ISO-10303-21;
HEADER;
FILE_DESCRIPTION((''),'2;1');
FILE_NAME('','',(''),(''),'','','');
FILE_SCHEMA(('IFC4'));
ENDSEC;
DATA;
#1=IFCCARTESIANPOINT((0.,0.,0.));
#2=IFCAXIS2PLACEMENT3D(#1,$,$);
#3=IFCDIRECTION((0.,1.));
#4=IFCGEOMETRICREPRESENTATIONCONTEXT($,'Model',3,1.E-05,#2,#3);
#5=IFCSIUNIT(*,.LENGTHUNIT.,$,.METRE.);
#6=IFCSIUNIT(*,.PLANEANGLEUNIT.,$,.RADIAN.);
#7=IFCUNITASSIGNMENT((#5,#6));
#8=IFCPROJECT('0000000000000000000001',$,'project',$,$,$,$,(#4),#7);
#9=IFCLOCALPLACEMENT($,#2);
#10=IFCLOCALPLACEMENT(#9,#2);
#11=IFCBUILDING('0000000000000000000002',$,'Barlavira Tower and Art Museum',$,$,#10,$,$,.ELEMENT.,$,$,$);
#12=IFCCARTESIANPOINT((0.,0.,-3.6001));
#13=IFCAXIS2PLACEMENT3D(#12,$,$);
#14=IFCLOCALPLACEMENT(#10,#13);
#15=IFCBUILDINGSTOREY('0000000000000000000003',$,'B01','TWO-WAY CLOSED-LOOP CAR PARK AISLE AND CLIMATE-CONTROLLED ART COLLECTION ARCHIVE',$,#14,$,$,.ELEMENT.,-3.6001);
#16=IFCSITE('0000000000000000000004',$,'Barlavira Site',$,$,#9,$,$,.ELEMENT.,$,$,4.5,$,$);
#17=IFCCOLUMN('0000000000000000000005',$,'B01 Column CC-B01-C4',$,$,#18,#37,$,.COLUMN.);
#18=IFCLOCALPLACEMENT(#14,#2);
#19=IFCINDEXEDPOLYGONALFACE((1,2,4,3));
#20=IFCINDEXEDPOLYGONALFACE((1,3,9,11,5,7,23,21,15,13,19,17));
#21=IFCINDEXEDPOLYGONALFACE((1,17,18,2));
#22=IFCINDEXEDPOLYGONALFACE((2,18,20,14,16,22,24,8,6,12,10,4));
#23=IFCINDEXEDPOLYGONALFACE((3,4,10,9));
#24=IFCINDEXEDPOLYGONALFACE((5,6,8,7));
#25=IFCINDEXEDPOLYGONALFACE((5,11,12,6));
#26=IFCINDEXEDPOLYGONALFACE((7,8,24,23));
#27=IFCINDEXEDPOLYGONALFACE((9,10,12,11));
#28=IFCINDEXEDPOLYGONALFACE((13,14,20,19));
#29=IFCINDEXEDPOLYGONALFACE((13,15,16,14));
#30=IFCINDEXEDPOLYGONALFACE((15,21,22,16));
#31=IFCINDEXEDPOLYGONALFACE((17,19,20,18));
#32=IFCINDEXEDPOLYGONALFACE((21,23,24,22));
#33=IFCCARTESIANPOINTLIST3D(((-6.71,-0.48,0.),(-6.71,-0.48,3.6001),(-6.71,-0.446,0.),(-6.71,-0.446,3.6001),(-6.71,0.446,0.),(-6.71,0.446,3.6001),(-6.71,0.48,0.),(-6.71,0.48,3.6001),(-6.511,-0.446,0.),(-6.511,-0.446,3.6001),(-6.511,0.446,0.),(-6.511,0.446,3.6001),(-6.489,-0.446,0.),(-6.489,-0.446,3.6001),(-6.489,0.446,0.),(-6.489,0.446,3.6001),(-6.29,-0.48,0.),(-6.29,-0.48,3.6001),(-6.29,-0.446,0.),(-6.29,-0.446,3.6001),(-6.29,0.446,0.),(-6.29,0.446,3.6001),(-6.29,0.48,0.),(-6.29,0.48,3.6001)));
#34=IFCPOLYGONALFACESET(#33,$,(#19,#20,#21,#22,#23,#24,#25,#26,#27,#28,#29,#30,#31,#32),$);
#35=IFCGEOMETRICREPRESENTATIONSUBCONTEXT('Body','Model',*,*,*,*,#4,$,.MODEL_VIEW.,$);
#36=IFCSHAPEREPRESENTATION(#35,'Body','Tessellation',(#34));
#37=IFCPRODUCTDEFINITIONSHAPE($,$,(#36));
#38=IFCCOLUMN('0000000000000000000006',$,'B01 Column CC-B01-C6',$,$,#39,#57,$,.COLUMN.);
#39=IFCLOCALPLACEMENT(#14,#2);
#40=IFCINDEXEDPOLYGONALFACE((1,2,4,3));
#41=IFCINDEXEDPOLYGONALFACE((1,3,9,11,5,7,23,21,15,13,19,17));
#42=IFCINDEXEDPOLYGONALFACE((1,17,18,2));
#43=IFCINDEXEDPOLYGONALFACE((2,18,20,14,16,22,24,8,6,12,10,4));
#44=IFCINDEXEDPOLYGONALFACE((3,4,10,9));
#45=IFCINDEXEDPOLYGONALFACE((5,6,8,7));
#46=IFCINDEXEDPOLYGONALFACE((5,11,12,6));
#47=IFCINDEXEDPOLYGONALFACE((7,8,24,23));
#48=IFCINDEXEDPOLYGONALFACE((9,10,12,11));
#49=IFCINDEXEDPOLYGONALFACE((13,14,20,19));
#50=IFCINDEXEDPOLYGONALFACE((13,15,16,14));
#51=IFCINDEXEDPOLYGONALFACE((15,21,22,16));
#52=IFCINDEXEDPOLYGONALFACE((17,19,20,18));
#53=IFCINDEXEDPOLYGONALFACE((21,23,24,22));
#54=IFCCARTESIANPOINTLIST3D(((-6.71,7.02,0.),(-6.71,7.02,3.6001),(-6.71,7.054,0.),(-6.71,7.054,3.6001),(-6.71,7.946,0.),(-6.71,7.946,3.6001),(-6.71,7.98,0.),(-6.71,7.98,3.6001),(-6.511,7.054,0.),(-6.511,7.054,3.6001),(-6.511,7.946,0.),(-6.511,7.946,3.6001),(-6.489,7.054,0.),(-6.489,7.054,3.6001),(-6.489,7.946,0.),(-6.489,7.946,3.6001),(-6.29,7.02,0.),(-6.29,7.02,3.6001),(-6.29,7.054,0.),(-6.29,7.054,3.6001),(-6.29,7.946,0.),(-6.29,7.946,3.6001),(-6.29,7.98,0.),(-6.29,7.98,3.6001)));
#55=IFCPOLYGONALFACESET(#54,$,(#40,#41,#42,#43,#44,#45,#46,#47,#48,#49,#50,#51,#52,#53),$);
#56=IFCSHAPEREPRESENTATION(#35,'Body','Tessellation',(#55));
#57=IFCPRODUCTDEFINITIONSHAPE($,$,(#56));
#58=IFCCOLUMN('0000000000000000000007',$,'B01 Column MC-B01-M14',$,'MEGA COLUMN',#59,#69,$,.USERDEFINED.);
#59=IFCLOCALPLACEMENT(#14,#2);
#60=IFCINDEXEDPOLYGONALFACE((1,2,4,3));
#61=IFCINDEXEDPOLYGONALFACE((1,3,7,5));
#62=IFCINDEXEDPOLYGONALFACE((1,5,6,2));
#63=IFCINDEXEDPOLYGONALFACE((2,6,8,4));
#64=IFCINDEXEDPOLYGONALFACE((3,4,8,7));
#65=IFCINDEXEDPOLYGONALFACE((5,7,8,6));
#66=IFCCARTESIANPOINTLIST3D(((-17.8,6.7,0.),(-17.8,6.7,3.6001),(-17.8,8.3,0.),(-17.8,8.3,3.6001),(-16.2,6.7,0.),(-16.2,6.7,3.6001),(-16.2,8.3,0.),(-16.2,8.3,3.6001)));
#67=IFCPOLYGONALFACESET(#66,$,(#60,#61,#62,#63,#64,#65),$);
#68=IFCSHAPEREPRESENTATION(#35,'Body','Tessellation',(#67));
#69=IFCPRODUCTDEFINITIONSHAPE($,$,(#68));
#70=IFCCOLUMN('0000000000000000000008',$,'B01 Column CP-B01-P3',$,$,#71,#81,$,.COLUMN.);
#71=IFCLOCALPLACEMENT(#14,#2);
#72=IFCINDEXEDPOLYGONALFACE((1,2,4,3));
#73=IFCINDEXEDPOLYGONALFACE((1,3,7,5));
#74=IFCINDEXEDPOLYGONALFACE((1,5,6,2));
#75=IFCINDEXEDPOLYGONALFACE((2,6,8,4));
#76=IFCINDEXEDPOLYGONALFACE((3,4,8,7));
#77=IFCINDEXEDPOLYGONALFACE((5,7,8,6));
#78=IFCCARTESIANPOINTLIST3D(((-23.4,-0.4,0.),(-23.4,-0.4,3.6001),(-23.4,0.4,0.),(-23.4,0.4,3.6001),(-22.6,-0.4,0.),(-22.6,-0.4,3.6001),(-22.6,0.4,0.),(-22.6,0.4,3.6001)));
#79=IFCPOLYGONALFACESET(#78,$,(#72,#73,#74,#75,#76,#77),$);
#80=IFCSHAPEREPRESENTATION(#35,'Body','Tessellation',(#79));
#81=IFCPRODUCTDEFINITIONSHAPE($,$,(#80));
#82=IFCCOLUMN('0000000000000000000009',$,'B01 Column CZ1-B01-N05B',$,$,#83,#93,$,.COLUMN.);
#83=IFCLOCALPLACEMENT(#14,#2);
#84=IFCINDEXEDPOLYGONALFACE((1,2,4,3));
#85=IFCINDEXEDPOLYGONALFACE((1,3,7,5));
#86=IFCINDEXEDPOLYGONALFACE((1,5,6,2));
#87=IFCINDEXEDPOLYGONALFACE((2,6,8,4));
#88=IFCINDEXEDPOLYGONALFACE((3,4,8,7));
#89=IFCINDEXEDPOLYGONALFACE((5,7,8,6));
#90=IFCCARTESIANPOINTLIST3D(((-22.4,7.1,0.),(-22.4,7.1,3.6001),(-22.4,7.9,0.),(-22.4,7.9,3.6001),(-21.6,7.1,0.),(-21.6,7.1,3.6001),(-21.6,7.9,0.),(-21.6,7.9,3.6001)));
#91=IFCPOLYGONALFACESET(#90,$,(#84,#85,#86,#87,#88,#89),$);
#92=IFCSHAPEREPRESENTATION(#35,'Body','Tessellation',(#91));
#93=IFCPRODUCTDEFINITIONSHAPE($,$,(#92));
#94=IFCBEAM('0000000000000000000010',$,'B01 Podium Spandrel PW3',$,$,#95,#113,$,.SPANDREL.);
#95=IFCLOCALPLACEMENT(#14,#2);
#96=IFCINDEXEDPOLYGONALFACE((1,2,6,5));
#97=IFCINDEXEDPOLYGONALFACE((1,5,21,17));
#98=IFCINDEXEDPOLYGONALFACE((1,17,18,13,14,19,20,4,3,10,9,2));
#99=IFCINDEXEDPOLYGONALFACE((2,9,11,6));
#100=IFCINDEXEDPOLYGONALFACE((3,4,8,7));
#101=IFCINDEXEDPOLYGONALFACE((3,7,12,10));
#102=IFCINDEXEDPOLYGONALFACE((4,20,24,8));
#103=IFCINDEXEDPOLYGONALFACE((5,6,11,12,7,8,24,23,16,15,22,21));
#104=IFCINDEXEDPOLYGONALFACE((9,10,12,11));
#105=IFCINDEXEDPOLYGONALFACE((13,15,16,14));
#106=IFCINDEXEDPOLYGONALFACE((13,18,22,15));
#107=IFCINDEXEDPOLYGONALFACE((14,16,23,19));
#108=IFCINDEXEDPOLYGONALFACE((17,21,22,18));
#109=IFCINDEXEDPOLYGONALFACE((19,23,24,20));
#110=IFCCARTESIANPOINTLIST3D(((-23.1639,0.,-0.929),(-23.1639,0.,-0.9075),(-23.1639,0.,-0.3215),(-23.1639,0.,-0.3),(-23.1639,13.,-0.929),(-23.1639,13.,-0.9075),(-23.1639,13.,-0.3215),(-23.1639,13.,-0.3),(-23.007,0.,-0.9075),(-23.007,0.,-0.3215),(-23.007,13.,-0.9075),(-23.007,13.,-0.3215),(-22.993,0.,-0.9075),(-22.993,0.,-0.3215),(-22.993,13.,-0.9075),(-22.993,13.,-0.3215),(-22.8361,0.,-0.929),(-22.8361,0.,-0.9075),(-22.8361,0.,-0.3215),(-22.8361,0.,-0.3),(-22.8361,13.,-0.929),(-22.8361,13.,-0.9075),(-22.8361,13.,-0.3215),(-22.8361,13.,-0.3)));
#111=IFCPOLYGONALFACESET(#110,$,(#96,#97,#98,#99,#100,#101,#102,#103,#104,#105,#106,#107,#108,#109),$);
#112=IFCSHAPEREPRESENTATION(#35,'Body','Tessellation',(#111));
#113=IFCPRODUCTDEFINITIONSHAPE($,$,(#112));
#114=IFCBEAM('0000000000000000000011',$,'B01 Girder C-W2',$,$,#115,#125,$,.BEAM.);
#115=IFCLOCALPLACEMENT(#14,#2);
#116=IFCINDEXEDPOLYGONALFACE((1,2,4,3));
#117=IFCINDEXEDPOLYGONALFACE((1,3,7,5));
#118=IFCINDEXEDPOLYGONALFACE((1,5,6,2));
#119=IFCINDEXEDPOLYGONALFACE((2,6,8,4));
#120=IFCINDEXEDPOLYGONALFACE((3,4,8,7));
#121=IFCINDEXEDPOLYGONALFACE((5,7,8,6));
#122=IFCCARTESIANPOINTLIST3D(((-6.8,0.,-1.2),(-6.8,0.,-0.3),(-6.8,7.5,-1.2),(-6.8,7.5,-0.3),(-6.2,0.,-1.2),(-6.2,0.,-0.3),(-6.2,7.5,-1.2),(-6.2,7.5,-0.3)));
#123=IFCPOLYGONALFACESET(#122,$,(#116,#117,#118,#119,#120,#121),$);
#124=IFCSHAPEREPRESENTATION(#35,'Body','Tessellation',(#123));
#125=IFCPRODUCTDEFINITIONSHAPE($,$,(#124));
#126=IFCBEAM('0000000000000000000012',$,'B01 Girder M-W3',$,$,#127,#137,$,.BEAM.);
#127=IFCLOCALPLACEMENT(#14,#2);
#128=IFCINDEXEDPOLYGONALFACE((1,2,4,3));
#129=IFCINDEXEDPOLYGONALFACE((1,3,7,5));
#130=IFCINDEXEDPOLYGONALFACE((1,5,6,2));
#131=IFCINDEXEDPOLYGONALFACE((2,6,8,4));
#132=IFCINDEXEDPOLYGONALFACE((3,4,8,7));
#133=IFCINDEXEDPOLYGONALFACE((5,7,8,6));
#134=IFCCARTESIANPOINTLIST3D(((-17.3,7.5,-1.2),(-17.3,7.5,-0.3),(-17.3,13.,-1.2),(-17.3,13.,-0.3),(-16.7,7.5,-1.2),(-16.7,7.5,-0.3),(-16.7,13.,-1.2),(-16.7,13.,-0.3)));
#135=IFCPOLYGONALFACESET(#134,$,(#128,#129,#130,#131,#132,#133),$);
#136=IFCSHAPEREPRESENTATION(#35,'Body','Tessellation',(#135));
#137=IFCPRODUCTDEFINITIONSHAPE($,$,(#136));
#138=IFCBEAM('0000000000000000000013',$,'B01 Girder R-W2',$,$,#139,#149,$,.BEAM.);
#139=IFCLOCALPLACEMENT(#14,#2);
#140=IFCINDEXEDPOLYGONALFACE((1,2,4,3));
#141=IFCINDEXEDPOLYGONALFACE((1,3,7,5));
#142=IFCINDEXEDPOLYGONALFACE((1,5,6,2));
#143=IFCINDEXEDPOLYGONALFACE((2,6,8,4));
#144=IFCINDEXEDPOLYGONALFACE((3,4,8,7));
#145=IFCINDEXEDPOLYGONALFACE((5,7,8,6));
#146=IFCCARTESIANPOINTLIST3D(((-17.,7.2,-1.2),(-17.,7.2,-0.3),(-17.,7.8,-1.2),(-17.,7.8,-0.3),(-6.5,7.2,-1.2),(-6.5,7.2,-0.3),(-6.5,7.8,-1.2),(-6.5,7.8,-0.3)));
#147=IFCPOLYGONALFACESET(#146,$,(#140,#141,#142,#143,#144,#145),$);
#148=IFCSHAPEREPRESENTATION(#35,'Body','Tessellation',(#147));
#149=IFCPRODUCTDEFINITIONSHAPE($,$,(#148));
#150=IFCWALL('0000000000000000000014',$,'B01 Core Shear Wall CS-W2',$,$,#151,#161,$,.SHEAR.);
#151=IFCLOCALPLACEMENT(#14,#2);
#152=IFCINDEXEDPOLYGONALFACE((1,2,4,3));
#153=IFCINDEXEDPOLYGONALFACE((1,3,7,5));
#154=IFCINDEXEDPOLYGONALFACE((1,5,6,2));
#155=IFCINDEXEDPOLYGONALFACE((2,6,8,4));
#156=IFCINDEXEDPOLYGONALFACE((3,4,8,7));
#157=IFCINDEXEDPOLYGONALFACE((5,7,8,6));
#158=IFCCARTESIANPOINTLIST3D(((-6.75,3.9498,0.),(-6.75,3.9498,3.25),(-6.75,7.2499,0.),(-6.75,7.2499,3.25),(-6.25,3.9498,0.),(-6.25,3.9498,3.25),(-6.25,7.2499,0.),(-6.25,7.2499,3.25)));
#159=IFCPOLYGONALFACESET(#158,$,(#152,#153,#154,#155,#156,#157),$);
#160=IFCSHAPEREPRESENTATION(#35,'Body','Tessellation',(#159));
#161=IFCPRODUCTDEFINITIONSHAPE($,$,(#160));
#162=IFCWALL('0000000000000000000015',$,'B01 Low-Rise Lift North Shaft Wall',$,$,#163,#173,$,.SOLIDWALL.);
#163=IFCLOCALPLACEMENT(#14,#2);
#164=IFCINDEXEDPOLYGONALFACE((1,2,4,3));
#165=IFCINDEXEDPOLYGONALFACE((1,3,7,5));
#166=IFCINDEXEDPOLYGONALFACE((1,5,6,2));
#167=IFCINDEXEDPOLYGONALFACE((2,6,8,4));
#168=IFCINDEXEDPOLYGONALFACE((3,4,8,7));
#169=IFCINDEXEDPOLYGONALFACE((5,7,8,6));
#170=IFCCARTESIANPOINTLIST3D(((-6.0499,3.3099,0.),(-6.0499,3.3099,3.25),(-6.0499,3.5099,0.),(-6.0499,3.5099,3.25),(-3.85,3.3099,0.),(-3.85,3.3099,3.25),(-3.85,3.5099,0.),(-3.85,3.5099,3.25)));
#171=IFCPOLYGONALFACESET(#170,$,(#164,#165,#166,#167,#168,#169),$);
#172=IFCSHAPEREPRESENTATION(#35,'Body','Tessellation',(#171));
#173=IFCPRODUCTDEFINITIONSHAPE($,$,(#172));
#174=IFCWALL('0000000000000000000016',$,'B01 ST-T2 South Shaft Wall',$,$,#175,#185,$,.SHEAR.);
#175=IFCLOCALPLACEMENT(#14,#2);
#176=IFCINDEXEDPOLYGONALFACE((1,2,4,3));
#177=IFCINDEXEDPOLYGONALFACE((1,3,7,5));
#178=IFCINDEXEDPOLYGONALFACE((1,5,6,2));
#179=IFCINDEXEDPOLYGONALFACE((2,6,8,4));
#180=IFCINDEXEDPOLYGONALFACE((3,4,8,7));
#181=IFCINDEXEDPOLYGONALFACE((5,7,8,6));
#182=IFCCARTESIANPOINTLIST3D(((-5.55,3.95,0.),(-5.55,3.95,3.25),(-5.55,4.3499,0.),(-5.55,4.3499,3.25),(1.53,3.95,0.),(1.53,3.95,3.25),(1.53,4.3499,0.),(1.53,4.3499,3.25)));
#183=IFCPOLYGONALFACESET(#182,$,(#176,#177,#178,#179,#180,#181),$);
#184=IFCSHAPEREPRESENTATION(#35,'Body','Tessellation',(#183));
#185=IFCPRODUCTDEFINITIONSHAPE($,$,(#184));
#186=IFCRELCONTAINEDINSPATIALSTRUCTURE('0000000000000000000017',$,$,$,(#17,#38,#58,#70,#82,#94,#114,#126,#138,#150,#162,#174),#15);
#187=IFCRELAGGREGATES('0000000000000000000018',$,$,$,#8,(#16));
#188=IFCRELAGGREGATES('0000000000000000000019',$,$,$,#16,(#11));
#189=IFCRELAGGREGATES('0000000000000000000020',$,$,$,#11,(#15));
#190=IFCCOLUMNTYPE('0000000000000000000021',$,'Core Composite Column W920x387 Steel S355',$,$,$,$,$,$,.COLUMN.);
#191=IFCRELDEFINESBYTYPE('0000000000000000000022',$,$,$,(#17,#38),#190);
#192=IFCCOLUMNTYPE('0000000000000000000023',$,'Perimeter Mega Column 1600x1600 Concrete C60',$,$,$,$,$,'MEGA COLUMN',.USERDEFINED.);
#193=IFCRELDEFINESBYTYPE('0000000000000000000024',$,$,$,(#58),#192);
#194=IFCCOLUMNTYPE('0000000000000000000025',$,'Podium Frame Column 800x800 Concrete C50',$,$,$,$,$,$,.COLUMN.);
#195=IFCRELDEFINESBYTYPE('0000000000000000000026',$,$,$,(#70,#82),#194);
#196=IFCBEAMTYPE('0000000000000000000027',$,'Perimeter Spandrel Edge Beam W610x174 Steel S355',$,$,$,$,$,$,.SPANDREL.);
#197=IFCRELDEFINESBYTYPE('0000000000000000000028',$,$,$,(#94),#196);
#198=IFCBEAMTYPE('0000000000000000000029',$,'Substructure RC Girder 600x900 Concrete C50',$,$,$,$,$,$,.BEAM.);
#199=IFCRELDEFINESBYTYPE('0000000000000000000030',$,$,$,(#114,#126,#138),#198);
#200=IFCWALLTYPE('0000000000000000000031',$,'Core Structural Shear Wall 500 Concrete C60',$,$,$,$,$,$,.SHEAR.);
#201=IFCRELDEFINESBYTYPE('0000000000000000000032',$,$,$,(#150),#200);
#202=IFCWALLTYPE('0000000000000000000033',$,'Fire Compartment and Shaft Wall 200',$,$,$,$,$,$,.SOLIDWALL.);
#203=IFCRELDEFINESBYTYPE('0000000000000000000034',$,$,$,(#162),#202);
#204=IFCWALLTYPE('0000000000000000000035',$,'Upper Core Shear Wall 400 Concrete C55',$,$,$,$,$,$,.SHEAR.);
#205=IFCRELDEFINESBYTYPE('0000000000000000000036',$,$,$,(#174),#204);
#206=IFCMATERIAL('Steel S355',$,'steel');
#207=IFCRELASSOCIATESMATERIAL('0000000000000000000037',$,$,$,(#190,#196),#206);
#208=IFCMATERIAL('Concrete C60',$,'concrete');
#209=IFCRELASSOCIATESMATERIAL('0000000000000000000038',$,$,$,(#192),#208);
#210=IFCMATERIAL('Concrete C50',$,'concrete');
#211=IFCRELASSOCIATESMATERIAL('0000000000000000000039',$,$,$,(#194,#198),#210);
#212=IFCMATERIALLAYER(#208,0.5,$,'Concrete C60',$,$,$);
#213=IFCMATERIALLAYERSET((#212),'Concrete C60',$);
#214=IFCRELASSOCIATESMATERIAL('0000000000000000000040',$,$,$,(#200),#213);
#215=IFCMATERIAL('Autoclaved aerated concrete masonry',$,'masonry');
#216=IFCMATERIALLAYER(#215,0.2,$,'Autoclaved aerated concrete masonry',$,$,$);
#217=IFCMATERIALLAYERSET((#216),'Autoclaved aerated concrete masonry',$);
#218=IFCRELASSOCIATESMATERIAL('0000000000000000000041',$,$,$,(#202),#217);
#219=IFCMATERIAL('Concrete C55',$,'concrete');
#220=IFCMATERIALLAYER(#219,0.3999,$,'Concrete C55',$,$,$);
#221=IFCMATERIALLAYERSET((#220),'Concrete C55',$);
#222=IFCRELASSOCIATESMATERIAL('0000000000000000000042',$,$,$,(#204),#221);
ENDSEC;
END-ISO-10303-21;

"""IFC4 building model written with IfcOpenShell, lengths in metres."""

from ifc_helpers import new_model, si_unit, direction, frame, frame_2d, origin, origin_2d, place, context, subcontext, project, spatial, rectangle, i_section, extrude, material, layer, layer_set, material_profile, profile_set, type_object, element, save


model = new_model("IFC4")

# Units and contexts
model_context = context("Model", 3, precision=1e-05, world=origin(), true_north=direction((0.0, 1.0)))
body_context = subcontext(model_context, "Body", "Model", "MODEL_VIEW")
ifc_project = project(units=[si_unit("LENGTHUNIT", "METRE"), si_unit("PLANEANGLEUNIT", "RADIAN")], contexts=[model_context])

# Site, building, storey
site_placement = place(None, origin())
site = spatial("IfcSite", under=ifc_project, at=site_placement, Name="Barlavira Site", CompositionType="ELEMENT", RefElevation=4.5)
building_placement = place(site_placement, origin())
building = spatial("IfcBuilding", under=site, at=building_placement, Name="Barlavira Tower and Art Museum", CompositionType="ELEMENT")
storey_placement = place(building_placement, frame((0.0, 0.0, -3.6001)))
storey = spatial("IfcBuildingStorey", under=building, at=storey_placement, Name="B01", Description="TWO-WAY CLOSED-LOOP CAR PARK AISLE AND CLIMATE-CONTROLLED ART COLLECTION ARCHIVE", CompositionType="ELEMENT", Elevation=-3.6001)

# Columns
ifc_material_1 = material(Name="Steel S355", Category="steel")
ifc_material_profile_1 = material_profile(ifc_material_1, i_section(OverallWidth=0.4199, OverallDepth=0.96, WebThickness=0.022, FlangeThickness=0.0339, at=origin_2d()), Name="W920x387.0")
ifc_profile_set_1 = profile_set([ifc_material_profile_1], Name="Steel S355")
column_type_1 = type_object("IfcColumnType", Name="Core Composite Column W920x387 Steel S355", PredefinedType="COLUMN", material=ifc_profile_set_1)
for number, where, z_axis, x_axis, name in (
    (1, (-6.5, 0.0, 0.0), (0.0, 0.0, 1.0), (1.0, 0.0, 0.0), "B01 Column CC-B01-C4"),
    (2, (-6.5, 7.5, 0.0), (0.0, 0.0, 1.0), (1.0, 0.0, 0.0), "B01 Column CC-B01-C6"),
):
    element("IfcColumn", number, at=place(storey_placement, frame(where, z_axis=z_axis, x_axis=x_axis)), inside=storey, type_object=column_type_1, Name=name, PredefinedType="COLUMN", context=body_context, shape_type="SweptSolid", body=[
        extrude(i_section(OverallWidth=0.4199, OverallDepth=0.96, WebThickness=0.022, FlangeThickness=0.0339, at=origin_2d()), origin(), (0.0, 0.0, 1.0), 3.6001),
    ])
ifc_material_2 = material(Name="Concrete C60", Category="concrete")
ifc_material_profile_2 = material_profile(ifc_material_2, rectangle(XDim=1.6001, YDim=1.6001, at=origin_2d()), Name="RC-MCOL 1600x1600")
ifc_profile_set_2 = profile_set([ifc_material_profile_2], Name="Concrete C60")
column_type_2 = type_object("IfcColumnType", Name="Perimeter Mega Column 1600x1600 Concrete C60", ElementType="MEGA COLUMN", PredefinedType="USERDEFINED", material=ifc_profile_set_2)
column_placement = place(storey_placement, frame((-17.0, 7.5, 0.0), z_axis=(0.0, 0.0, 1.0), x_axis=(1.0, 0.0, 0.0)))
element("IfcColumn", 3, at=column_placement, inside=storey, type_object=column_type_2, Name="B01 Column MC-B01-M14", ObjectType="MEGA COLUMN", PredefinedType="USERDEFINED", context=body_context, shape_type="SweptSolid", body=[
    extrude(rectangle(XDim=1.6001, YDim=1.6001, at=origin_2d()), origin(), (0.0, 0.0, 1.0), 3.6001),
])
ifc_material_3 = material(Name="Concrete C50", Category="concrete")
ifc_material_profile_3 = material_profile(ifc_material_3, rectangle(XDim=0.8, YDim=0.8, at=origin_2d()), Name="RC-COL 800x800")
ifc_profile_set_3 = profile_set([ifc_material_profile_3], Name="Concrete C50")
column_type_3 = type_object("IfcColumnType", Name="Podium Frame Column 800x800 Concrete C50", PredefinedType="COLUMN", material=ifc_profile_set_3)
for number, where, z_axis, x_axis, name in (
    (4, (-23.0, 0.0, 0.0), (0.0, 0.0, 1.0), (1.0, 0.0, 0.0), "B01 Column CP-B01-P3"),
    (5, (-22.0, 7.5, 0.0), (0.0, 0.0, 1.0), (1.0, 0.0, 0.0), "B01 Column CZ1-B01-N05B"),
):
    element("IfcColumn", number, at=place(storey_placement, frame(where, z_axis=z_axis, x_axis=x_axis)), inside=storey, type_object=column_type_3, Name=name, PredefinedType="COLUMN", context=body_context, shape_type="SweptSolid", body=[
        extrude(rectangle(XDim=0.8, YDim=0.8, at=origin_2d()), origin(), (0.0, 0.0, 1.0), 3.6001),
    ])

# Beams
ifc_material_profile_4 = material_profile(ifc_material_1, i_section(OverallWidth=0.3279, OverallDepth=0.6289, WebThickness=0.0139, FlangeThickness=0.0215, at=origin_2d()), Name="W610x174.0")
ifc_profile_set_4 = profile_set([ifc_material_profile_4], Name="Steel S355")
beam_type_1 = type_object("IfcBeamType", Name="Perimeter Spandrel Edge Beam W610x174 Steel S355", PredefinedType="SPANDREL", material=ifc_profile_set_4)
beam_1_placement = place(storey_placement, frame((-23.0, 0.0, -0.6145), z_axis=(0.0, 1.0, 0.0), x_axis=(-1.0, 0.0, 0.0)))
element("IfcBeam", 6, at=beam_1_placement, inside=storey, type_object=beam_type_1, Name="B01 Podium Spandrel PW3", PredefinedType="SPANDREL", context=body_context, shape_type="SweptSolid", body=[
    extrude(i_section(OverallWidth=0.3279, OverallDepth=0.6289, WebThickness=0.0139, FlangeThickness=0.0215, at=origin_2d()), origin(), (0.0, 0.0, 1.0), 13.0),
])
ifc_material_profile_5 = material_profile(ifc_material_3, rectangle(XDim=0.6001, YDim=0.8999, at=origin_2d()), Name="RC-BM 600x900")
ifc_profile_set_5 = profile_set([ifc_material_profile_5], Name="Concrete C50")
beam_type_2 = type_object("IfcBeamType", Name="Substructure RC Girder 600x900 Concrete C50", PredefinedType="BEAM", material=ifc_profile_set_5)
beam_2_placement = place(storey_placement, frame((-6.5, 0.0, -0.75), z_axis=(0.0, 1.0, 0.0), x_axis=(-1.0, 0.0, 0.0)))
element("IfcBeam", 7, at=beam_2_placement, inside=storey, type_object=beam_type_2, Name="B01 Girder C-W2", PredefinedType="BEAM", context=body_context, shape_type="SweptSolid", body=[
    extrude(rectangle(XDim=0.6001, YDim=0.8999, at=origin_2d()), origin(), (0.0, 0.0, 1.0), 7.5),
])
beam_3_placement = place(storey_placement, frame((-17.0, 7.5, -0.75), z_axis=(0.0, 1.0, 0.0), x_axis=(-1.0, 0.0, 0.0)))
element("IfcBeam", 8, at=beam_3_placement, inside=storey, type_object=beam_type_2, Name="B01 Girder M-W3", PredefinedType="BEAM", context=body_context, shape_type="SweptSolid", body=[
    extrude(rectangle(XDim=0.6001, YDim=0.8999, at=origin_2d()), origin(), (0.0, 0.0, 1.0), 5.5),
])
beam_4_placement = place(storey_placement, frame((-17.0, 7.5, -0.75), z_axis=(1.0, 0.0, 0.0), x_axis=(0.0, 1.0, 0.0)))
element("IfcBeam", 9, at=beam_4_placement, inside=storey, type_object=beam_type_2, Name="B01 Girder R-W2", PredefinedType="BEAM", context=body_context, shape_type="SweptSolid", body=[
    extrude(rectangle(XDim=0.6001, YDim=0.8999, at=origin_2d()), origin(), (0.0, 0.0, 1.0), 10.5),
])

# Shared definitions
ifc_layer_1 = layer(ifc_material_2, 0.5, Name="Concrete C60")
ifc_layer_set_1 = layer_set([ifc_layer_1], Name="Concrete C60")
wall_type_1 = type_object("IfcWallType", Name="Core Structural Shear Wall 500 Concrete C60", PredefinedType="SHEAR", material=ifc_layer_set_1)

# Walls
wall_1_placement = place(storey_placement, frame((-6.5, 3.95, 0.0), z_axis=(0.0, 0.0, 1.0), x_axis=(0.0, 1.0, 0.0)))
element("IfcWall", 10, at=wall_1_placement, inside=storey, type_object=wall_type_1, Name="B01 Core Shear Wall CS-W2", PredefinedType="SHEAR", context=body_context, shape_type="SweptSolid", body=[
    extrude(rectangle(XDim=3.3, YDim=0.5, at=frame_2d((1.6499, 0.0))), origin(), (0.0, 0.0, 1.0), 3.25),
])
ifc_material_4 = material(Name="Autoclaved aerated concrete masonry", Category="masonry")
ifc_layer_2 = layer(ifc_material_4, 0.2, Name="Autoclaved aerated concrete masonry")
ifc_layer_set_2 = layer_set([ifc_layer_2], Name="Autoclaved aerated concrete masonry")
wall_type_2 = type_object("IfcWallType", Name="Fire Compartment and Shaft Wall 200", PredefinedType="SOLIDWALL", material=ifc_layer_set_2)
wall_2_placement = place(storey_placement, frame((-6.05, 3.4099, 0.0), z_axis=(0.0, 0.0, 1.0), x_axis=(1.0, 0.0, 0.0)))
element("IfcWall", 11, at=wall_2_placement, inside=storey, type_object=wall_type_2, Name="B01 Low-Rise Lift North Shaft Wall", PredefinedType="SOLIDWALL", context=body_context, shape_type="SweptSolid", body=[
    extrude(rectangle(XDim=2.2, YDim=0.2, at=frame_2d((1.1001, 0.0))), origin(), (0.0, 0.0, 1.0), 3.25),
])

# Wall
ifc_material_5 = material(Name="Concrete C55", Category="concrete")
ifc_layer_3 = layer(ifc_material_5, 0.3999, Name="Concrete C55")
ifc_layer_set_3 = layer_set([ifc_layer_3], Name="Concrete C55")
wall_type_3 = type_object("IfcWallType", Name="Upper Core Shear Wall 400 Concrete C55", PredefinedType="SHEAR", material=ifc_layer_set_3)
wall_3_placement = place(storey_placement, frame((-5.55, 4.1499, 0.0), z_axis=(0.0, 0.0, 1.0), x_axis=(1.0, 0.0, 0.0)))
element("IfcWall", 12, at=wall_3_placement, inside=storey, type_object=wall_type_3, Name="B01 ST-T2 South Shaft Wall", PredefinedType="SHEAR", context=body_context, shape_type="SweptSolid", body=[
    extrude(rectangle(XDim=7.0801, YDim=0.3999, at=frame_2d((3.54, 0.0))), origin(), (0.0, 0.0, 1.0), 3.25),
])

save(model, "model.ifc")
